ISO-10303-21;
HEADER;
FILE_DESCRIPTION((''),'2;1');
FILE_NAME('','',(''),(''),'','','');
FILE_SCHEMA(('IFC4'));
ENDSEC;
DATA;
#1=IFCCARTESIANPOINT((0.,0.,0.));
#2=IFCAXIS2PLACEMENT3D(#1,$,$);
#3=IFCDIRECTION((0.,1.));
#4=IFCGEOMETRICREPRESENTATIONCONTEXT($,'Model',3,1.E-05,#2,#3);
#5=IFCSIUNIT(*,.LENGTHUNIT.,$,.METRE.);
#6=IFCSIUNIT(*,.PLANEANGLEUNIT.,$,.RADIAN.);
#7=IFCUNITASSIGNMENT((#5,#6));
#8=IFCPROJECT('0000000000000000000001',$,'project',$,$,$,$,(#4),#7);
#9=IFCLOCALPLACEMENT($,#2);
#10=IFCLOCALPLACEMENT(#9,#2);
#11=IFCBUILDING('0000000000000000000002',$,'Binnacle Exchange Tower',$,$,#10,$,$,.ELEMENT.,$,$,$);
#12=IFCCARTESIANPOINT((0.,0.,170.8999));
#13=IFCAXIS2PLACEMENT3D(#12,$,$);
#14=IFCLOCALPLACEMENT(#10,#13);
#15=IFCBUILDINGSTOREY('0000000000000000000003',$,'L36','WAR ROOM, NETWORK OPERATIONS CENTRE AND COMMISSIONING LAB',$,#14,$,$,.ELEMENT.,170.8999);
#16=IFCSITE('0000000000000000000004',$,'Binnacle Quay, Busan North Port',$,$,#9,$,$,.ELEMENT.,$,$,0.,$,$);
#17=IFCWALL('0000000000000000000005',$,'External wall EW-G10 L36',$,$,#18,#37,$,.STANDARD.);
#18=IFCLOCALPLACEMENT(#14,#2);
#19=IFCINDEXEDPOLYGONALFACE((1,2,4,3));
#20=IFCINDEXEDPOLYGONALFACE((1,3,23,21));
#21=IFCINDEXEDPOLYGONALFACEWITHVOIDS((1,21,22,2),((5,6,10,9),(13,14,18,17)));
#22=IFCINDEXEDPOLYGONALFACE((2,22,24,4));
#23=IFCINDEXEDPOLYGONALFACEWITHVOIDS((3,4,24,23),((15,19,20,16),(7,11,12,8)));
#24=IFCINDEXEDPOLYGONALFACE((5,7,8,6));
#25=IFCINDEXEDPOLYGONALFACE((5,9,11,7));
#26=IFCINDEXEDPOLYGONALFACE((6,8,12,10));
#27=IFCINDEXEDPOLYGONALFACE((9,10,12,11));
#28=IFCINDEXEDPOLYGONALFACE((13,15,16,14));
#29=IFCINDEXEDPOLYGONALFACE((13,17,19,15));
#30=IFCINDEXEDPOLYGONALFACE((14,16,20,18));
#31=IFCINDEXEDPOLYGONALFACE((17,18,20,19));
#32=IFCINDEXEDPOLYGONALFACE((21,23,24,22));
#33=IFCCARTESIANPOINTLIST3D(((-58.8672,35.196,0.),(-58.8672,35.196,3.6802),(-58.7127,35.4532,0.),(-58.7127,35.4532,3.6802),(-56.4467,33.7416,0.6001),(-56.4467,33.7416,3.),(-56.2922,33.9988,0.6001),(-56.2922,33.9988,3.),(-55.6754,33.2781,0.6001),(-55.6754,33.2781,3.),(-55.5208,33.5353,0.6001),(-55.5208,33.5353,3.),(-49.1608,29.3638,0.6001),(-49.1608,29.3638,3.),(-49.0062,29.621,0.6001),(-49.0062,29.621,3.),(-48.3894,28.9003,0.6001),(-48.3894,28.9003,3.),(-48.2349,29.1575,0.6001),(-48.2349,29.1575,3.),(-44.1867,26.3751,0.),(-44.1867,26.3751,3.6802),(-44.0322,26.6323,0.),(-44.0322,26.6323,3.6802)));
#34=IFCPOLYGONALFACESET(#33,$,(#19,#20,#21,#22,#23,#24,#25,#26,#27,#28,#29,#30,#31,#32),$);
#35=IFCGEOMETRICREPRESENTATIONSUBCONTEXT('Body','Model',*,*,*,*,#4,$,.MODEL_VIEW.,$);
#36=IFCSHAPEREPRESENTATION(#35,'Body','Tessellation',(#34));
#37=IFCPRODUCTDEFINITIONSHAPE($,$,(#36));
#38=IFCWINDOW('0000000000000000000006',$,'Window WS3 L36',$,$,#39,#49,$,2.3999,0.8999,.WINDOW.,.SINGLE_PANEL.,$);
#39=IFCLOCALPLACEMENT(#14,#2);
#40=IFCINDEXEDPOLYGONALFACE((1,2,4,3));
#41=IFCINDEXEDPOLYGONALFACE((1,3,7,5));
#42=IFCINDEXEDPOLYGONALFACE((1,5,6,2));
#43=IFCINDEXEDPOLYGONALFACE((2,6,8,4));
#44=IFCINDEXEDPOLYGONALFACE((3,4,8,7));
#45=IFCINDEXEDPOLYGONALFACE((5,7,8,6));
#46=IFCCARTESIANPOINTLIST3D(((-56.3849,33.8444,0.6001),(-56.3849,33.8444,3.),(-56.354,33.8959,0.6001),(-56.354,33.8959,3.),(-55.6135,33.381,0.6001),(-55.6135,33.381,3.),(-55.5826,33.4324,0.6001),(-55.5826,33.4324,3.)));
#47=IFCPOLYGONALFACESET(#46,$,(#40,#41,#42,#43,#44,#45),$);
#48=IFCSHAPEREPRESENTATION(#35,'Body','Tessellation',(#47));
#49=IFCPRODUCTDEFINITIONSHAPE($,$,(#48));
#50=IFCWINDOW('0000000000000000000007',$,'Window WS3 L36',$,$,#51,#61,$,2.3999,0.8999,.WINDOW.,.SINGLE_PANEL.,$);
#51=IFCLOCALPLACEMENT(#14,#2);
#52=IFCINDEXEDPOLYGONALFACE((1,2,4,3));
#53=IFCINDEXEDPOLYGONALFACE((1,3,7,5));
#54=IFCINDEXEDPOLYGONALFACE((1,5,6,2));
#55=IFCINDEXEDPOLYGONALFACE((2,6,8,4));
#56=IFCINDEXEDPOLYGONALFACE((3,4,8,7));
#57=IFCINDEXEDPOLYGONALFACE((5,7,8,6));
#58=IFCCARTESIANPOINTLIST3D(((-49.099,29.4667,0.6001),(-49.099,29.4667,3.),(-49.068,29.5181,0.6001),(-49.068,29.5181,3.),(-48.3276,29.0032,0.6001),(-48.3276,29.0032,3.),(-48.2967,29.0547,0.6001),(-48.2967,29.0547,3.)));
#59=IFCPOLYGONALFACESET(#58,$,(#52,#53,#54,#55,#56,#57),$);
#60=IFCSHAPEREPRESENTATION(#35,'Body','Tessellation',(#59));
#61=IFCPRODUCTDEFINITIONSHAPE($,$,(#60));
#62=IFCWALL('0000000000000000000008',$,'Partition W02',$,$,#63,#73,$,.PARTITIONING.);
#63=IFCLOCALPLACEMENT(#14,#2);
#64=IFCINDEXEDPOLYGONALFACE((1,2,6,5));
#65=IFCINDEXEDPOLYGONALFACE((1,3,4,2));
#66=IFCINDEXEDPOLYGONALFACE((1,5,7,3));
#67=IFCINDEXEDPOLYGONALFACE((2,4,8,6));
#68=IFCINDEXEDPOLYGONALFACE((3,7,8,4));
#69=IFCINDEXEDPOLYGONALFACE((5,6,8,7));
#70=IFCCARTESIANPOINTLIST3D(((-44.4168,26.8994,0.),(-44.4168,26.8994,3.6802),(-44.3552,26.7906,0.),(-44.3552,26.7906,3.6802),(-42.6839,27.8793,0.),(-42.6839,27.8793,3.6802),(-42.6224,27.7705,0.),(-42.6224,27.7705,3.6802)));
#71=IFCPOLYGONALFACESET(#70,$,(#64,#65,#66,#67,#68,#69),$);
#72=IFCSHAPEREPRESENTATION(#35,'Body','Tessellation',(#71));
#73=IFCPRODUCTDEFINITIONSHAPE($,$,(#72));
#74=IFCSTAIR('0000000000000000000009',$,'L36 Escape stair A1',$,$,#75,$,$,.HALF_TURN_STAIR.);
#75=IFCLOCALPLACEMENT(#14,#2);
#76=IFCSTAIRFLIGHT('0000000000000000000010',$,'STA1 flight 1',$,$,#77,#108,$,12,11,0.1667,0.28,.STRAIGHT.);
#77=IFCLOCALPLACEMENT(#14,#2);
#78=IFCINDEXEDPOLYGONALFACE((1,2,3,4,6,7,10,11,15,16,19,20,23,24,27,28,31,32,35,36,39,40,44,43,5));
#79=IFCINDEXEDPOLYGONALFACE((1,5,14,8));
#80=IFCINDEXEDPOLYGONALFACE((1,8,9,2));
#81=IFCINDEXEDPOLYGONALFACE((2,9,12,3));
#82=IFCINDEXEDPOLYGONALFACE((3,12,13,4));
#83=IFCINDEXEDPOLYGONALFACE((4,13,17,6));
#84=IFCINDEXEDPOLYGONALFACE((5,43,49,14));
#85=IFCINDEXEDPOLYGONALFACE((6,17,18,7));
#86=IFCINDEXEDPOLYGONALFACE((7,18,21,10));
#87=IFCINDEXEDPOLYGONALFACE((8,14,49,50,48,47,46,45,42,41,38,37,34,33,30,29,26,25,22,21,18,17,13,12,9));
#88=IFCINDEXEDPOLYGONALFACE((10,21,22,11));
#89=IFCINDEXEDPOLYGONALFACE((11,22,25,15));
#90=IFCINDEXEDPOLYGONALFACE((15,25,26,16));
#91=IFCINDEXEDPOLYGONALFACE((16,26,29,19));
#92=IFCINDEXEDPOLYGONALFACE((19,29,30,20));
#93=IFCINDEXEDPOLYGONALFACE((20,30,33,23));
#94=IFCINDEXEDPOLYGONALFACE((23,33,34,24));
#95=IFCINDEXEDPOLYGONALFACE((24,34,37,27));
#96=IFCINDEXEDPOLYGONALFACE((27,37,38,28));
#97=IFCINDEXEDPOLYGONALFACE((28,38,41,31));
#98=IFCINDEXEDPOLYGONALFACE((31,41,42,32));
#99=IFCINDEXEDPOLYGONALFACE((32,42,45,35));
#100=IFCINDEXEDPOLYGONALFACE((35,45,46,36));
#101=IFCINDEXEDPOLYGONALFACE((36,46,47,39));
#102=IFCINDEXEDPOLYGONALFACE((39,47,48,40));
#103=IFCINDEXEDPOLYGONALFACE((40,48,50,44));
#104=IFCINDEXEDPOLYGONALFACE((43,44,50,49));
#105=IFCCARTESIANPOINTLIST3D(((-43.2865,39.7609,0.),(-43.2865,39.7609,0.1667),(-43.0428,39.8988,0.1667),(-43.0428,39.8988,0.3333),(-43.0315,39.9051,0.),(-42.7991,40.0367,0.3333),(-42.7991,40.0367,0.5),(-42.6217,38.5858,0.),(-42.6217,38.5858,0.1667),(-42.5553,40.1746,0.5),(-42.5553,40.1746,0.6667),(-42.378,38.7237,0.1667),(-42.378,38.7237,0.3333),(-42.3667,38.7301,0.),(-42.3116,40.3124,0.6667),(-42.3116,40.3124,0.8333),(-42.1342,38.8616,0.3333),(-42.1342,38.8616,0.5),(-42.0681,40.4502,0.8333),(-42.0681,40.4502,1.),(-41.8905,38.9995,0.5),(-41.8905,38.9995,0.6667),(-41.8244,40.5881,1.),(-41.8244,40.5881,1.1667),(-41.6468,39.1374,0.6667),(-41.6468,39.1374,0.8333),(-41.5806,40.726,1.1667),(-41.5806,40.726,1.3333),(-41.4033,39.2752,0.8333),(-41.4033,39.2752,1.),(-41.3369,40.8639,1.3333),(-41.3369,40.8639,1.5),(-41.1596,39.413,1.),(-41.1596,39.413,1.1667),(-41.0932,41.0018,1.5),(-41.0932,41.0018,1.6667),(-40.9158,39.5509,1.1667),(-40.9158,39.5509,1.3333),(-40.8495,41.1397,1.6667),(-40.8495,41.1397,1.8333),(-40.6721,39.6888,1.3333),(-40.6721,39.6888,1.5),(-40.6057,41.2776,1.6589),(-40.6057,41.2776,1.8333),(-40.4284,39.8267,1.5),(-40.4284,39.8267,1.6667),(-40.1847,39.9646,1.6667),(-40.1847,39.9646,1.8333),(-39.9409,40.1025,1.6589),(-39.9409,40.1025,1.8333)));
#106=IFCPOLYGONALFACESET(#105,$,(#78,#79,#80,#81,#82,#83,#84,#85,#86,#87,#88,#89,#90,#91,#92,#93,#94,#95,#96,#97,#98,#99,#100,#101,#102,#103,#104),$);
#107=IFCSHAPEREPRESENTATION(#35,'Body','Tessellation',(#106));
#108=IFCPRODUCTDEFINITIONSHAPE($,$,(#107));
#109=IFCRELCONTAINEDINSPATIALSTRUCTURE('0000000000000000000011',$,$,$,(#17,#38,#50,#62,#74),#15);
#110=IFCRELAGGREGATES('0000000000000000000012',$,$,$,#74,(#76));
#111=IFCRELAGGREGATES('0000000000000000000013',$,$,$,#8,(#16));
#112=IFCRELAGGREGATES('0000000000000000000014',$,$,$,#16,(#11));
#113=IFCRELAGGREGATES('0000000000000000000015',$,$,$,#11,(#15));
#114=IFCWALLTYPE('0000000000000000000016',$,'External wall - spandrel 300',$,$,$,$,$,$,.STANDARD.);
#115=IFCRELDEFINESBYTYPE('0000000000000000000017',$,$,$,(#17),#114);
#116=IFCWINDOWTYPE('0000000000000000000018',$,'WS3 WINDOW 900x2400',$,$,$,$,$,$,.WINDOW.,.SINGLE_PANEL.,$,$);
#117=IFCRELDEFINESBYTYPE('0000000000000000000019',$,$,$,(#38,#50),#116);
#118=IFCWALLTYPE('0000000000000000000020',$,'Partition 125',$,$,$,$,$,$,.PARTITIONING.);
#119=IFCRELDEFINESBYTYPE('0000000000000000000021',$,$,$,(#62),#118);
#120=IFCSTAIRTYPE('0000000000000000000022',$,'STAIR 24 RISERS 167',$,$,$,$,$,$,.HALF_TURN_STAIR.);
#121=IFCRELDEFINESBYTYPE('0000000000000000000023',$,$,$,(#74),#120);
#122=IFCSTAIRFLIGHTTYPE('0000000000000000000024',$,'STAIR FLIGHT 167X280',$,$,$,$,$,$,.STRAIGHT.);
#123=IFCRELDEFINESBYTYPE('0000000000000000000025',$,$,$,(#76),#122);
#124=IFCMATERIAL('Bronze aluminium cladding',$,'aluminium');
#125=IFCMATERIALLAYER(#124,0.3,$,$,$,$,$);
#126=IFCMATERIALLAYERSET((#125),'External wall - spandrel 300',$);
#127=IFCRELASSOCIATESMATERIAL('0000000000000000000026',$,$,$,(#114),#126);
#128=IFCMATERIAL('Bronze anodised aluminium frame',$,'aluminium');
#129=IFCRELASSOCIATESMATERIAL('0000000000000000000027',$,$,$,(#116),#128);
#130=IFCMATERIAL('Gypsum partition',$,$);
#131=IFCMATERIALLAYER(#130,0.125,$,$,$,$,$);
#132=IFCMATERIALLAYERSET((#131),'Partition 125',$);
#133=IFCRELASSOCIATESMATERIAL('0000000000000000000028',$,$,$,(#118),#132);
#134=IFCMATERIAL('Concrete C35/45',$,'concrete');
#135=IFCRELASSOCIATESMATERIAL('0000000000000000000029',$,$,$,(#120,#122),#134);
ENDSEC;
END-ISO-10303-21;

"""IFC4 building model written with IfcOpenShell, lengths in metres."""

from ifc_helpers import new_model, si_unit, direction, frame, frame_2d, origin, place, context, subcontext, project, spatial, polyline, rectangle, outline, extrude, material, layer, layer_set, type_object, element, fill, aggregate, save


model = new_model("IFC4")

# Units and contexts
model_context = context("Model", 3, precision=1e-05, world=origin(), true_north=direction((0.0, 1.0)))
body_context = subcontext(model_context, "Body", "Model", "MODEL_VIEW")
ifc_project = project(units=[si_unit("LENGTHUNIT", "METRE"), si_unit("PLANEANGLEUNIT", "RADIAN")], contexts=[model_context])

# Site, building, storey
site_placement = place(None, origin())
site = spatial("IfcSite", under=ifc_project, at=site_placement, Name="Binnacle Quay, Busan North Port", CompositionType="ELEMENT", RefElevation=0.0)
building_placement = place(site_placement, origin())
building = spatial("IfcBuilding", under=site, at=building_placement, Name="Binnacle Exchange Tower", CompositionType="ELEMENT")
storey_placement = place(building_placement, frame((0.0, 0.0, 170.8999)))
storey = spatial("IfcBuildingStorey", under=building, at=storey_placement, Name="L36", Description="WAR ROOM, NETWORK OPERATIONS CENTRE AND COMMISSIONING LAB", CompositionType="ELEMENT", Elevation=170.8999)

# Shared definitions
ifc_material_1 = material(Name="Bronze aluminium cladding", Category="aluminium")
ifc_layer_1 = layer(ifc_material_1, 0.3)
ifc_layer_set_1 = layer_set([ifc_layer_1], Name="External wall - spandrel 300")
wall_type_1 = type_object("IfcWallType", Name="External wall - spandrel 300", PredefinedType="STANDARD", material=ifc_layer_set_1)
ifc_material_2 = material(Name="Bronze anodised aluminium frame", Category="aluminium")
window_type = type_object("IfcWindowType", Name="WS3 WINDOW 900x2400", PartitioningType="SINGLE_PANEL", PredefinedType="WINDOW", material=ifc_material_2)

# Wall, openings, windows
wall_1_placement = place(storey_placement, frame((-44.1094, 26.5037, 0.0), z_axis=(0.0, 0.0, 1.0), x_axis=(-0.85717, 0.515034, 0.0)))
wall_1 = element("IfcWall", 1, at=wall_1_placement, inside=storey, type_object=wall_type_1, Name="External wall EW-G10 L36", PredefinedType="STANDARD", context=body_context, shape_type="SweptSolid", body=[
    extrude(rectangle(XDim=17.1267, YDim=0.3, at=frame_2d((8.5635, 0.0))), origin(), (0.0, 0.0, 1.0), 3.6802),
])
opening_1_placement = place(wall_1_placement, frame((13.4031, 0.0, 0.6001)))
opening_1 = element("IfcOpeningElement", 2, at=opening_1_placement, cuts=wall_1, PredefinedType="OPENING", context=body_context, shape_type="SweptSolid", body=[
    extrude(rectangle(XDim=0.8999, YDim=2.3999, at=frame_2d((0.45, 1.2))), frame((0.0, 0.1599, 0.0), z_axis=(0.0, -1.0, 0.0), x_axis=(1.0, 0.0, 0.0)), (0.0, 0.0, 1.0), 0.3201),
])
opening_2_placement = place(wall_1_placement, frame((4.9031, 0.0, 0.6001)))
opening_2 = element("IfcOpeningElement", 3, at=opening_2_placement, cuts=wall_1, PredefinedType="OPENING", context=body_context, shape_type="SweptSolid", body=[
    extrude(rectangle(XDim=0.8999, YDim=2.3999, at=frame_2d((0.45, 1.2))), frame((0.0, 0.1599, 0.0), z_axis=(0.0, -1.0, 0.0), x_axis=(1.0, 0.0, 0.0)), (0.0, 0.0, 1.0), 0.3201),
])
window_1_placement = place(opening_1_placement, origin())
window_1 = element("IfcWindow", 4, at=window_1_placement, inside=storey, type_object=window_type, Name="Window WS3 L36", OverallHeight=2.3999, OverallWidth=0.8999, PartitioningType="SINGLE_PANEL", PredefinedType="WINDOW", context=body_context, shape_type="SweptSolid", body=[
    extrude(rectangle(XDim=0.8999, YDim=2.3999, at=frame_2d((0.45, 1.2))), frame((0.0, 0.03, 0.0), z_axis=(0.0, -1.0, 0.0), x_axis=(1.0, 0.0, 0.0)), (0.0, 0.0, 1.0), 0.0601),
])
fill(opening_1, window_1)
window_2_placement = place(opening_2_placement, origin())
window_2 = element("IfcWindow", 5, at=window_2_placement, inside=storey, type_object=window_type, Name="Window WS3 L36", OverallHeight=2.3999, OverallWidth=0.8999, PartitioningType="SINGLE_PANEL", PredefinedType="WINDOW", context=body_context, shape_type="SweptSolid", body=[
    extrude(rectangle(XDim=0.8999, YDim=2.3999, at=frame_2d((0.45, 1.2))), frame((0.0, 0.03, 0.0), z_axis=(0.0, -1.0, 0.0), x_axis=(1.0, 0.0, 0.0)), (0.0, 0.0, 1.0), 0.0601),
])
fill(opening_2, window_2)

# Wall
ifc_material_3 = material(Name="Gypsum partition")
ifc_layer_2 = layer(ifc_material_3, 0.125)
ifc_layer_set_2 = layer_set([ifc_layer_2], Name="Partition 125")
wall_type_2 = type_object("IfcWallType", Name="Partition 125", PredefinedType="PARTITIONING", material=ifc_layer_set_2)
wall_2_placement = place(storey_placement, frame((-44.386, 26.845, 0.0), z_axis=(0.0, 0.0, 1.0), x_axis=(0.870453, 0.492251, 0.0)))
element("IfcWall", 6, at=wall_2_placement, inside=storey, type_object=wall_type_2, Name="Partition W02", PredefinedType="PARTITIONING", context=body_context, shape_type="SweptSolid", body=[
    extrude(rectangle(XDim=1.9907, YDim=0.125, at=frame_2d((0.9954, 0.0))), origin(), (0.0, 0.0, 1.0), 3.6802),
])

# Stair, stair flight
ifc_material_4 = material(Name="Concrete C35/45", Category="concrete")
stair_type = type_object("IfcStairType", Name="STAIR 24 RISERS 167", PredefinedType="HALF_TURN_STAIR", material=ifc_material_4)
stair_placement = place(storey_placement, origin())
stair = element("IfcStair", 7, at=stair_placement, inside=storey, type_object=stair_type, Name="L36 Escape stair A1", PredefinedType="HALF_TURN_STAIR")
stair_flight_type = type_object("IfcStairFlightType", Name="STAIR FLIGHT 167X280", PredefinedType="STRAIGHT", material=ifc_material_4)
stair_flight_placement = place(storey_placement, frame((-42.9541, 39.1733, 0.0), z_axis=(0.0, 0.0, 1.0), x_axis=(0.870356, 0.492424, 0.0)))
stair_flight = element("IfcStairFlight", 8, at=stair_flight_placement, type_object=stair_flight_type, Name="STA1 flight 1", NumberOfRisers=12, NumberOfTreads=11, PredefinedType="STRAIGHT", RiserHeight=0.1667, TreadLength=0.28, context=body_context, shape_type="SweptSolid", body=[
    extrude(outline(polyline([(0.0, 0.0), (0.0, 0.1667), (0.28, 0.1667), (0.28, 0.3333), (0.5601, 0.3333), (0.5601, 0.5), (0.8401, 0.5), (0.8401, 0.6667), (1.1201, 0.6667), (1.1201, 0.8333), (1.3999, 0.8333), (1.3999, 1.0), (1.6799, 1.0), (1.6799, 1.1667), (1.96, 1.1667), (1.96, 1.3333), (2.24, 1.3333), (2.24, 1.5), (2.52, 1.5), (2.52, 1.6667), (2.8, 1.6667), (2.8, 1.8333), (3.0801, 1.8333), (3.0801, 2.0), (3.0801, 1.6589), (0.293, 0.0), (0.0, 0.0)])), frame((0.0, 0.675, 0.0), z_axis=(0.0, -1.0, 0.0), x_axis=(1.0, 0.0, 0.0)), (0.0, 0.0, 1.0), 1.3501),
])
aggregate(stair, [stair_flight])

save(model, "model.ifc")
